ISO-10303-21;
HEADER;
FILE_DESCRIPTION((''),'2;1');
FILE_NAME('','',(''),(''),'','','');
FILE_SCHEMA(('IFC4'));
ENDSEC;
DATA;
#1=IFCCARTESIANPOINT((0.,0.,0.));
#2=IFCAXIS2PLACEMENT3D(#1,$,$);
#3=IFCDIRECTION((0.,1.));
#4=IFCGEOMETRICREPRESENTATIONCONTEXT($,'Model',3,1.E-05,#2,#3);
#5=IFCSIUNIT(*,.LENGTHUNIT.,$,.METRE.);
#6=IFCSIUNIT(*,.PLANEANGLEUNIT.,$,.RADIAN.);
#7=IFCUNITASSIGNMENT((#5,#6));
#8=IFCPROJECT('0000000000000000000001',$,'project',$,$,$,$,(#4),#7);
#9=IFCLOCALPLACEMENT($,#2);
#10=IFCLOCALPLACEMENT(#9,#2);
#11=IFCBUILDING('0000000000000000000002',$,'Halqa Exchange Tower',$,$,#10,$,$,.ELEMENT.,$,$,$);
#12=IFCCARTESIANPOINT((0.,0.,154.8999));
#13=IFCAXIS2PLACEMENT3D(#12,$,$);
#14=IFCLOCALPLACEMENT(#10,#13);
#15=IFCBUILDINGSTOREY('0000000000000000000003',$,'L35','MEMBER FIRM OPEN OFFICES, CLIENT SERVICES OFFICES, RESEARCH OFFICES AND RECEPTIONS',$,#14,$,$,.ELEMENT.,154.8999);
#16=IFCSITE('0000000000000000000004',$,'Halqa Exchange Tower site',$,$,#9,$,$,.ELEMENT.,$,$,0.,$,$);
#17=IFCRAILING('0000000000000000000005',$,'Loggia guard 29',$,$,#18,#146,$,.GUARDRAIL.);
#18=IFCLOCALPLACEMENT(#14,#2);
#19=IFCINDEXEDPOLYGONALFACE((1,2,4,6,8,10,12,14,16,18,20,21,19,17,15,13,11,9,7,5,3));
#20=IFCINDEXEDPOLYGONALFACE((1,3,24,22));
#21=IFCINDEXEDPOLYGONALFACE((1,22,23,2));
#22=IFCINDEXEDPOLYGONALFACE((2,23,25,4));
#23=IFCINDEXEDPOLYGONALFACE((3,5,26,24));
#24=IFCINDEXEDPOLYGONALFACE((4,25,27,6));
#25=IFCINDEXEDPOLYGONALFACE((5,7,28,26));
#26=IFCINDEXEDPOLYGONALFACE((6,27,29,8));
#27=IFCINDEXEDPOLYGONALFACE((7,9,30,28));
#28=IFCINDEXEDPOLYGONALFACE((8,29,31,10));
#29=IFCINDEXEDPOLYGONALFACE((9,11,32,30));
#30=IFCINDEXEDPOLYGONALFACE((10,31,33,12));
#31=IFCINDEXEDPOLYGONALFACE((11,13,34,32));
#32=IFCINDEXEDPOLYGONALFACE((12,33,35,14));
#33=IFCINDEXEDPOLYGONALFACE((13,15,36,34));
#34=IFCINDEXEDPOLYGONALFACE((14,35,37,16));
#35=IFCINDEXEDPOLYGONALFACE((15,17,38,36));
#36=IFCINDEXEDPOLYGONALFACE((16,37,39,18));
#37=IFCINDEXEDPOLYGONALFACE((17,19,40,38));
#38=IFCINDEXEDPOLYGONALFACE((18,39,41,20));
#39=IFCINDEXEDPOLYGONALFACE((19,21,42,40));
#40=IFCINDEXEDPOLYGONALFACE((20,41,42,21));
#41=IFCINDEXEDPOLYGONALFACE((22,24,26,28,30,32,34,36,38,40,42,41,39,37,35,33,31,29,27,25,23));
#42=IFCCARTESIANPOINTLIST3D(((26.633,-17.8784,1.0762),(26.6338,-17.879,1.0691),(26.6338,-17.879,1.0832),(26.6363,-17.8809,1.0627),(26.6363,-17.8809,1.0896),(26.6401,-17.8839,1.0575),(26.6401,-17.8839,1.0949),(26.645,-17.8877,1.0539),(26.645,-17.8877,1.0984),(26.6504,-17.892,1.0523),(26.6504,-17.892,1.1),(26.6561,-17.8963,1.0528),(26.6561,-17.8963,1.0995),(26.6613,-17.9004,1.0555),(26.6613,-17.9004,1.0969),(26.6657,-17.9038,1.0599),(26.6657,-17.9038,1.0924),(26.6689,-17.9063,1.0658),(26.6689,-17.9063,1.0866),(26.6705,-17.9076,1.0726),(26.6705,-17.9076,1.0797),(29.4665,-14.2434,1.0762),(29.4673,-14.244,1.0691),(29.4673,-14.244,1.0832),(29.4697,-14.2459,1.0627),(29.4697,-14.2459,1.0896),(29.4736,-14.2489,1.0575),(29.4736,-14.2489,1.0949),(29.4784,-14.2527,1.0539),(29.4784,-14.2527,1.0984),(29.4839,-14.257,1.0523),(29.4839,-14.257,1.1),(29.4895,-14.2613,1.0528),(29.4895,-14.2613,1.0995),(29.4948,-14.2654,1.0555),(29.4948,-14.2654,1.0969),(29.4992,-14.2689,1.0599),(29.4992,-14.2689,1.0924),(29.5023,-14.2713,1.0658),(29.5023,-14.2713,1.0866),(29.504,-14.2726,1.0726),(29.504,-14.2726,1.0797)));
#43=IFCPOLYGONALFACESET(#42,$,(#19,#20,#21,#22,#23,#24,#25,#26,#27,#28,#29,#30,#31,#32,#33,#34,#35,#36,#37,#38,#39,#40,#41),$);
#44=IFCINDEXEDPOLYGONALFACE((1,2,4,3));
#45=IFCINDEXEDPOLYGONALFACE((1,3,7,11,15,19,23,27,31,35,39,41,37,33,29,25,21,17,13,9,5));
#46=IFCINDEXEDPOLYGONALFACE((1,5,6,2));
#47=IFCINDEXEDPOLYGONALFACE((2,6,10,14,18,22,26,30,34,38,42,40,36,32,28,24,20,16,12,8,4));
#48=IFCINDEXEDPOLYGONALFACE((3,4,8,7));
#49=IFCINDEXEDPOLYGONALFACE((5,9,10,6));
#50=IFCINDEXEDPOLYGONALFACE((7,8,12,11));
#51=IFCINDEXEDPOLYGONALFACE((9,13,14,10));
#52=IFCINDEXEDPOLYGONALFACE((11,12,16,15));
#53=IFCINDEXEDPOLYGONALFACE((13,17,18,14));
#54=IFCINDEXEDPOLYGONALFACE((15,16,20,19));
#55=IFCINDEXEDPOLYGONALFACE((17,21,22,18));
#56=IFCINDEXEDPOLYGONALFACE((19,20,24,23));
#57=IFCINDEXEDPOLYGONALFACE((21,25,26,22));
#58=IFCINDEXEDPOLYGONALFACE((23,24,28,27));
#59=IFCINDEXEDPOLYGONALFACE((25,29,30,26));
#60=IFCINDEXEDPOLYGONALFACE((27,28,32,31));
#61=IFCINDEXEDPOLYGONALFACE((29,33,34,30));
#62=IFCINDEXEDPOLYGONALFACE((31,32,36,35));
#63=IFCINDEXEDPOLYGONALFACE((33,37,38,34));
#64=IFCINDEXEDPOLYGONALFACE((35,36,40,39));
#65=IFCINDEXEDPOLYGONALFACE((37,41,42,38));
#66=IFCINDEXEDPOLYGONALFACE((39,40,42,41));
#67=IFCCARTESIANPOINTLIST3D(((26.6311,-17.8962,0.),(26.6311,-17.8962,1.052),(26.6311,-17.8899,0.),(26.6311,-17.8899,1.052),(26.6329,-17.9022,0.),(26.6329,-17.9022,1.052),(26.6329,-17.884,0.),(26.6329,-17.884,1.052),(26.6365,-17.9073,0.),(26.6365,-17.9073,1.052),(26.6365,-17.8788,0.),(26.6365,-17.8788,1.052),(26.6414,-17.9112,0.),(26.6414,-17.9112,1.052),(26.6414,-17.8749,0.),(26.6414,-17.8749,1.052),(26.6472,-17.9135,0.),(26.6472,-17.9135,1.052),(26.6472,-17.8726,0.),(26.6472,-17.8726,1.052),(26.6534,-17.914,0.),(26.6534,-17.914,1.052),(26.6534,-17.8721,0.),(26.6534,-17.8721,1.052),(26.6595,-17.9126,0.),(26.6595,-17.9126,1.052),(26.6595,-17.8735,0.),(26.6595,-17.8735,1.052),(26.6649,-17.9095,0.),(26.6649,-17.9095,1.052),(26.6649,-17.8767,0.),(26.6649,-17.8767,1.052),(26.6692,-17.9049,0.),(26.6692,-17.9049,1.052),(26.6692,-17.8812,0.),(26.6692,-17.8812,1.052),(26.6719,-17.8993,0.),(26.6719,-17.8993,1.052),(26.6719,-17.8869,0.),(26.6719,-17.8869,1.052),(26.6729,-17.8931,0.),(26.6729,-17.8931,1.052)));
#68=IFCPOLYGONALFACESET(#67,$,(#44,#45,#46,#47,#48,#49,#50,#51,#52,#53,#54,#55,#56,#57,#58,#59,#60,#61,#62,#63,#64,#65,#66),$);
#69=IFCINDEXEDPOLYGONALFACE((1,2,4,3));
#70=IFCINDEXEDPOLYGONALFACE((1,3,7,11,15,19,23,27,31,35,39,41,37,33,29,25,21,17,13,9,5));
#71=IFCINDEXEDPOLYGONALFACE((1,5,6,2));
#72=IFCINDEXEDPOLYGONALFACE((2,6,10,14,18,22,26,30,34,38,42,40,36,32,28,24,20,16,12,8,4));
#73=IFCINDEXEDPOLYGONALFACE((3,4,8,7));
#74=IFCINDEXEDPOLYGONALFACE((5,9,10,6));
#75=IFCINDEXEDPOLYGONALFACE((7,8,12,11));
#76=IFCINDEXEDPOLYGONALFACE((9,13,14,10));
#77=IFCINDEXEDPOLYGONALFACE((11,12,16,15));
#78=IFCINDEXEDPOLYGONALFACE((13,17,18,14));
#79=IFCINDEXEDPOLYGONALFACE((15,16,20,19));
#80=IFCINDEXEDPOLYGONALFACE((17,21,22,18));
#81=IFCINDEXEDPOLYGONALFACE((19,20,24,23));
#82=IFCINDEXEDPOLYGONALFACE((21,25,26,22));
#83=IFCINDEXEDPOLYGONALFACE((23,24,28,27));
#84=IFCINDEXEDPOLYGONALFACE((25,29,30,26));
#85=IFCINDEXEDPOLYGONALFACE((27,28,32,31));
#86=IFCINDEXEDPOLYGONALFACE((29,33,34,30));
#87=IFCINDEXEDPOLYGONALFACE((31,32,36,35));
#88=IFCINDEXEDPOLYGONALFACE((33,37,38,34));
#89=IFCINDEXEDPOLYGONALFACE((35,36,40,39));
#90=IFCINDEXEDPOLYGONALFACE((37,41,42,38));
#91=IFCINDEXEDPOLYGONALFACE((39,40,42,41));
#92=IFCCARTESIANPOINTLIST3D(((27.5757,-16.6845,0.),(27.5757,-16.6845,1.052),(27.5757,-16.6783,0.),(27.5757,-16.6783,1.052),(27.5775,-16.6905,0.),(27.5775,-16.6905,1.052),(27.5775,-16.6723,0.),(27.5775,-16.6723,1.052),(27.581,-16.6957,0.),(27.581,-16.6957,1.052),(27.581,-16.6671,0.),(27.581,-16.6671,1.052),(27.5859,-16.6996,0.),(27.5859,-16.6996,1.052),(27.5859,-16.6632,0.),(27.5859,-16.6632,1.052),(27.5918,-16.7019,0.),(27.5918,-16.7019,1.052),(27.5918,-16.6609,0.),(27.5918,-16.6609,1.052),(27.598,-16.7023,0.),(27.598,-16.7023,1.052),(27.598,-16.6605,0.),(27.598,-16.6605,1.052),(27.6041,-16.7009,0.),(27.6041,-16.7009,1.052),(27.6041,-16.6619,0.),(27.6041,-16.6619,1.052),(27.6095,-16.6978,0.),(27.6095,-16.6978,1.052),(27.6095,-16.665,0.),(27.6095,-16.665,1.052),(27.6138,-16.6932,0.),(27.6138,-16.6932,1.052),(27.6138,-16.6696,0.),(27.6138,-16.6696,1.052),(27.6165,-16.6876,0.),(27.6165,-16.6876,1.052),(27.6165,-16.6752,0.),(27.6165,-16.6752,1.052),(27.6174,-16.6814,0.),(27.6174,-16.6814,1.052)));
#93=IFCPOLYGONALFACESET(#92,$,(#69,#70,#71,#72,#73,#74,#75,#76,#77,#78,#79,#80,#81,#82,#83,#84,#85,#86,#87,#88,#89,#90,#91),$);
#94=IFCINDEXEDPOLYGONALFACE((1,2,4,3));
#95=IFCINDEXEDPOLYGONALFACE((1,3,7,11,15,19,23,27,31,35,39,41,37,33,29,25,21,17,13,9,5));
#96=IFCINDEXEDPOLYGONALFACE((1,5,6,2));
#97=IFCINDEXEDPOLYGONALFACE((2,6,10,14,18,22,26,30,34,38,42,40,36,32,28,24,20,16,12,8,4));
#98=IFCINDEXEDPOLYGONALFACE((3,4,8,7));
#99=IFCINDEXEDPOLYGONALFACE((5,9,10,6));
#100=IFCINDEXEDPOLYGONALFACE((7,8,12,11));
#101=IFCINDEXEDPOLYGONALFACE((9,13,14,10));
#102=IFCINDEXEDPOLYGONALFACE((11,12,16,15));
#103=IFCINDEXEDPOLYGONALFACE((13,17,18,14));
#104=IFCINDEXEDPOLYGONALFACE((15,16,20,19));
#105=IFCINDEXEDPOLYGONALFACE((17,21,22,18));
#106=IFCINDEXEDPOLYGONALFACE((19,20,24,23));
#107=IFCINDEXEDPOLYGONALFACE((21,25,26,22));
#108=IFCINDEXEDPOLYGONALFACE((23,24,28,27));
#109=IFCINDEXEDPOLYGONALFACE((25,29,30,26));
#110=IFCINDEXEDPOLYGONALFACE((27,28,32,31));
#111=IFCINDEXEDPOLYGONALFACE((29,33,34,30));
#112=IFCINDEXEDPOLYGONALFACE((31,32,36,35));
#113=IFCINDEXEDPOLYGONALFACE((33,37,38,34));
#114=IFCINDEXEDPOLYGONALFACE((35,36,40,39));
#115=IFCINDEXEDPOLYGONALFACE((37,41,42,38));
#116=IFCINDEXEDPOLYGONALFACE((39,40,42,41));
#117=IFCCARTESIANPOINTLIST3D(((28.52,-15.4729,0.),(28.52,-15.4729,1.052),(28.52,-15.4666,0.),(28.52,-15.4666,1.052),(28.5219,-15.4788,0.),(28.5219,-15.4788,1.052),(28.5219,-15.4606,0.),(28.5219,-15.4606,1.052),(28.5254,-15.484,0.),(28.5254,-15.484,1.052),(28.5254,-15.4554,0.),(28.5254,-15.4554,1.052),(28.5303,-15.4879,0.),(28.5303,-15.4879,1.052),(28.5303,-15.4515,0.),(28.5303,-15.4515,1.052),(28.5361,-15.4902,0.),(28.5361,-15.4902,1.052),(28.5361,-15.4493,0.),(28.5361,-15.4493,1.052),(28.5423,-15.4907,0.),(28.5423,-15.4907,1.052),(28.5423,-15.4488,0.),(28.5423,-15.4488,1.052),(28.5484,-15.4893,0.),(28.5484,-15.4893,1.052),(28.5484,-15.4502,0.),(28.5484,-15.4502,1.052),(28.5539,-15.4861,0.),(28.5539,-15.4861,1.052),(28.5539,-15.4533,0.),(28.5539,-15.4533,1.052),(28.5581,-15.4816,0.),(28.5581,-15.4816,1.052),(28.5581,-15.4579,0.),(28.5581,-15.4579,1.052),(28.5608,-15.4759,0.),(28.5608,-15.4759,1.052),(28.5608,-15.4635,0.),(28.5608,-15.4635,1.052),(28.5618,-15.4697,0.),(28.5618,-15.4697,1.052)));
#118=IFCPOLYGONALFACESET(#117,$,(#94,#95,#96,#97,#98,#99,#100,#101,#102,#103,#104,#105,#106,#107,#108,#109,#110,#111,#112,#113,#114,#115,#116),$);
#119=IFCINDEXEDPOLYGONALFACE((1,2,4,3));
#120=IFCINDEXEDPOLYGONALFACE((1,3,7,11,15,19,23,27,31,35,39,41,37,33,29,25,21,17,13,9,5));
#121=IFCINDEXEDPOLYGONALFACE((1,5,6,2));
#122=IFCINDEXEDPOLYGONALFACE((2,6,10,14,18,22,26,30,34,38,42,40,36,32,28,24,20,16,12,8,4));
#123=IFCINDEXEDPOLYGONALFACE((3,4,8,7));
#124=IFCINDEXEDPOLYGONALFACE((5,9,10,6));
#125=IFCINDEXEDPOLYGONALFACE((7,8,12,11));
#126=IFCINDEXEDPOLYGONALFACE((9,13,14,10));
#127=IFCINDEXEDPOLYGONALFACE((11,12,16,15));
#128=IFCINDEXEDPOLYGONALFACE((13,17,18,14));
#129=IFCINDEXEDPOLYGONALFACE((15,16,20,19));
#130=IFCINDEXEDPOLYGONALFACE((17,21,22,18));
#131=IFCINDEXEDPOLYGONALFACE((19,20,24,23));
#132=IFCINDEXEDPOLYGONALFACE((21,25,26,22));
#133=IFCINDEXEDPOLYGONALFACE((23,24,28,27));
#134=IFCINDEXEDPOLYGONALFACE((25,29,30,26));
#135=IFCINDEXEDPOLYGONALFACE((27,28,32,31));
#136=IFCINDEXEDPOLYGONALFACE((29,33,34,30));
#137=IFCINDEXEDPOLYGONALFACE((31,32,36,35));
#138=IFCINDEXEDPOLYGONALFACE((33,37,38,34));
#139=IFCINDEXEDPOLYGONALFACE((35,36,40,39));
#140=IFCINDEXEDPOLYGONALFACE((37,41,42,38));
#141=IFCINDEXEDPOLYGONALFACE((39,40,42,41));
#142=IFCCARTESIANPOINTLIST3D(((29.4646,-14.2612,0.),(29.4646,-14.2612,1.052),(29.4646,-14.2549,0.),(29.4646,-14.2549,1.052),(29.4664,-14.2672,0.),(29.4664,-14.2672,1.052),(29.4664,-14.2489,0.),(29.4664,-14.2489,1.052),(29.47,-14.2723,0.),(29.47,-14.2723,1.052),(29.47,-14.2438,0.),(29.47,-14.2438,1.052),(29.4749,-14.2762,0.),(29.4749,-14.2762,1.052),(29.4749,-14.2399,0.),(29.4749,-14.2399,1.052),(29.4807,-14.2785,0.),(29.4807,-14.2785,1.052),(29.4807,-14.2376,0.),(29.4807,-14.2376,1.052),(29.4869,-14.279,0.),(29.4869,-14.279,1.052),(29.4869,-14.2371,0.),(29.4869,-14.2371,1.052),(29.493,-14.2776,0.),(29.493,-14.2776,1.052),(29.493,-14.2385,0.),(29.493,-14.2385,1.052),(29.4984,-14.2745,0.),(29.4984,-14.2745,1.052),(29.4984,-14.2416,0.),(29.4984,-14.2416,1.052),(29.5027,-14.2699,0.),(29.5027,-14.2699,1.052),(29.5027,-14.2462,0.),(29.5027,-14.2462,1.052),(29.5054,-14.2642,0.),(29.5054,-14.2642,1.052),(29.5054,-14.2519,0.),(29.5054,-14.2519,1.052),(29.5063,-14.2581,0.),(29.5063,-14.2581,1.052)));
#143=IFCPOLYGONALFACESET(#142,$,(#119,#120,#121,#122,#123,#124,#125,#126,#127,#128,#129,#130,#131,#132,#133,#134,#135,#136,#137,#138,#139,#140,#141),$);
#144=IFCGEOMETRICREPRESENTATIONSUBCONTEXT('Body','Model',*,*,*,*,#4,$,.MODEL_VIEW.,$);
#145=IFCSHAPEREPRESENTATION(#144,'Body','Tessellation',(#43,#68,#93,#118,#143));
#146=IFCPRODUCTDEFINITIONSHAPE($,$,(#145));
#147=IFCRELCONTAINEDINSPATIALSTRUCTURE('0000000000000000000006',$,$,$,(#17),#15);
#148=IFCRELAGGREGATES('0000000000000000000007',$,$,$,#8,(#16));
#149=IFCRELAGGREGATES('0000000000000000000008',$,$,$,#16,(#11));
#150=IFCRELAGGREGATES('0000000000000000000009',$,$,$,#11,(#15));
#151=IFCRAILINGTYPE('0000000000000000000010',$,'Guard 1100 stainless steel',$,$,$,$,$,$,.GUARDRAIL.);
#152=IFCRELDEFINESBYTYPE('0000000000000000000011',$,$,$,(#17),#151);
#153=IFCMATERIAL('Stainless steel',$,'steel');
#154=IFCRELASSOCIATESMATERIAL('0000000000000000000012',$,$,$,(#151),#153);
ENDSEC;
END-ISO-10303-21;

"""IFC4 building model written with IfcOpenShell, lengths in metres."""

from ifc_helpers import new_model, si_unit, direction, frame, origin, origin_2d, place, context, subcontext, project, spatial, circle, extrude, material, type_object, element, save


model = new_model("IFC4")

# Units and contexts
model_context = context("Model", 3, precision=1e-05, world=origin(), true_north=direction((0.0, 1.0)))
body_context = subcontext(model_context, "Body", "Model", "MODEL_VIEW")
ifc_project = project(units=[si_unit("LENGTHUNIT", "METRE"), si_unit("PLANEANGLEUNIT", "RADIAN")], contexts=[model_context])

# Site, building, storey
site_placement = place(None, origin())
site = spatial("IfcSite", under=ifc_project, at=site_placement, Name="Halqa Exchange Tower site", CompositionType="ELEMENT", RefElevation=0.0)
building_placement = place(site_placement, origin())
building = spatial("IfcBuilding", under=site, at=building_placement, Name="Halqa Exchange Tower", CompositionType="ELEMENT")
storey_placement = place(building_placement, frame((0.0, 0.0, 154.8999)))
storey = spatial("IfcBuildingStorey", under=building, at=storey_placement, Name="L35", Description="MEMBER FIRM OPEN OFFICES, CLIENT SERVICES OFFICES, RESEARCH OFFICES AND RECEPTIONS", CompositionType="ELEMENT", Elevation=154.8999)

# Railing
ifc_material_1 = material(Name="Stainless steel", Category="steel")
railing_type = type_object("IfcRailingType", Name="Guard 1100 stainless steel", PredefinedType="GUARDRAIL", material=ifc_material_1)
railing_1_placement = place(storey_placement, frame((26.6519, -17.8931, 0.0)))
element("IfcRailing", 1, at=railing_1_placement, inside=storey, type_object=railing_type, Name="Loggia guard 29", PredefinedType="GUARDRAIL", context=body_context, shape_type="SweptSolid", body=[
    extrude(circle(Radius=0.0239, at=origin_2d()), frame((0.0, 0.0, 1.0762), z_axis=(0.614787, 0.788693, 0.0), x_axis=(-0.788693, 0.614787, 0.0)), (0.0, 0.0, 1.0), 4.6089),
    extrude(circle(Radius=0.021, at=origin_2d()), origin(), (0.0, 0.0, 1.0), 1.052),
    extrude(circle(Radius=0.021, at=origin_2d()), frame((0.9446, 1.2117, 0.0)), (0.0, 0.0, 1.0), 1.052),
    extrude(circle(Radius=0.021, at=origin_2d()), frame((1.8889, 2.4233, 0.0)), (0.0, 0.0, 1.0), 1.052),
    extrude(circle(Radius=0.021, at=origin_2d()), frame((2.8335, 3.635, 0.0)), (0.0, 0.0, 1.0), 1.052),
])

save(model, "model.ifc")
